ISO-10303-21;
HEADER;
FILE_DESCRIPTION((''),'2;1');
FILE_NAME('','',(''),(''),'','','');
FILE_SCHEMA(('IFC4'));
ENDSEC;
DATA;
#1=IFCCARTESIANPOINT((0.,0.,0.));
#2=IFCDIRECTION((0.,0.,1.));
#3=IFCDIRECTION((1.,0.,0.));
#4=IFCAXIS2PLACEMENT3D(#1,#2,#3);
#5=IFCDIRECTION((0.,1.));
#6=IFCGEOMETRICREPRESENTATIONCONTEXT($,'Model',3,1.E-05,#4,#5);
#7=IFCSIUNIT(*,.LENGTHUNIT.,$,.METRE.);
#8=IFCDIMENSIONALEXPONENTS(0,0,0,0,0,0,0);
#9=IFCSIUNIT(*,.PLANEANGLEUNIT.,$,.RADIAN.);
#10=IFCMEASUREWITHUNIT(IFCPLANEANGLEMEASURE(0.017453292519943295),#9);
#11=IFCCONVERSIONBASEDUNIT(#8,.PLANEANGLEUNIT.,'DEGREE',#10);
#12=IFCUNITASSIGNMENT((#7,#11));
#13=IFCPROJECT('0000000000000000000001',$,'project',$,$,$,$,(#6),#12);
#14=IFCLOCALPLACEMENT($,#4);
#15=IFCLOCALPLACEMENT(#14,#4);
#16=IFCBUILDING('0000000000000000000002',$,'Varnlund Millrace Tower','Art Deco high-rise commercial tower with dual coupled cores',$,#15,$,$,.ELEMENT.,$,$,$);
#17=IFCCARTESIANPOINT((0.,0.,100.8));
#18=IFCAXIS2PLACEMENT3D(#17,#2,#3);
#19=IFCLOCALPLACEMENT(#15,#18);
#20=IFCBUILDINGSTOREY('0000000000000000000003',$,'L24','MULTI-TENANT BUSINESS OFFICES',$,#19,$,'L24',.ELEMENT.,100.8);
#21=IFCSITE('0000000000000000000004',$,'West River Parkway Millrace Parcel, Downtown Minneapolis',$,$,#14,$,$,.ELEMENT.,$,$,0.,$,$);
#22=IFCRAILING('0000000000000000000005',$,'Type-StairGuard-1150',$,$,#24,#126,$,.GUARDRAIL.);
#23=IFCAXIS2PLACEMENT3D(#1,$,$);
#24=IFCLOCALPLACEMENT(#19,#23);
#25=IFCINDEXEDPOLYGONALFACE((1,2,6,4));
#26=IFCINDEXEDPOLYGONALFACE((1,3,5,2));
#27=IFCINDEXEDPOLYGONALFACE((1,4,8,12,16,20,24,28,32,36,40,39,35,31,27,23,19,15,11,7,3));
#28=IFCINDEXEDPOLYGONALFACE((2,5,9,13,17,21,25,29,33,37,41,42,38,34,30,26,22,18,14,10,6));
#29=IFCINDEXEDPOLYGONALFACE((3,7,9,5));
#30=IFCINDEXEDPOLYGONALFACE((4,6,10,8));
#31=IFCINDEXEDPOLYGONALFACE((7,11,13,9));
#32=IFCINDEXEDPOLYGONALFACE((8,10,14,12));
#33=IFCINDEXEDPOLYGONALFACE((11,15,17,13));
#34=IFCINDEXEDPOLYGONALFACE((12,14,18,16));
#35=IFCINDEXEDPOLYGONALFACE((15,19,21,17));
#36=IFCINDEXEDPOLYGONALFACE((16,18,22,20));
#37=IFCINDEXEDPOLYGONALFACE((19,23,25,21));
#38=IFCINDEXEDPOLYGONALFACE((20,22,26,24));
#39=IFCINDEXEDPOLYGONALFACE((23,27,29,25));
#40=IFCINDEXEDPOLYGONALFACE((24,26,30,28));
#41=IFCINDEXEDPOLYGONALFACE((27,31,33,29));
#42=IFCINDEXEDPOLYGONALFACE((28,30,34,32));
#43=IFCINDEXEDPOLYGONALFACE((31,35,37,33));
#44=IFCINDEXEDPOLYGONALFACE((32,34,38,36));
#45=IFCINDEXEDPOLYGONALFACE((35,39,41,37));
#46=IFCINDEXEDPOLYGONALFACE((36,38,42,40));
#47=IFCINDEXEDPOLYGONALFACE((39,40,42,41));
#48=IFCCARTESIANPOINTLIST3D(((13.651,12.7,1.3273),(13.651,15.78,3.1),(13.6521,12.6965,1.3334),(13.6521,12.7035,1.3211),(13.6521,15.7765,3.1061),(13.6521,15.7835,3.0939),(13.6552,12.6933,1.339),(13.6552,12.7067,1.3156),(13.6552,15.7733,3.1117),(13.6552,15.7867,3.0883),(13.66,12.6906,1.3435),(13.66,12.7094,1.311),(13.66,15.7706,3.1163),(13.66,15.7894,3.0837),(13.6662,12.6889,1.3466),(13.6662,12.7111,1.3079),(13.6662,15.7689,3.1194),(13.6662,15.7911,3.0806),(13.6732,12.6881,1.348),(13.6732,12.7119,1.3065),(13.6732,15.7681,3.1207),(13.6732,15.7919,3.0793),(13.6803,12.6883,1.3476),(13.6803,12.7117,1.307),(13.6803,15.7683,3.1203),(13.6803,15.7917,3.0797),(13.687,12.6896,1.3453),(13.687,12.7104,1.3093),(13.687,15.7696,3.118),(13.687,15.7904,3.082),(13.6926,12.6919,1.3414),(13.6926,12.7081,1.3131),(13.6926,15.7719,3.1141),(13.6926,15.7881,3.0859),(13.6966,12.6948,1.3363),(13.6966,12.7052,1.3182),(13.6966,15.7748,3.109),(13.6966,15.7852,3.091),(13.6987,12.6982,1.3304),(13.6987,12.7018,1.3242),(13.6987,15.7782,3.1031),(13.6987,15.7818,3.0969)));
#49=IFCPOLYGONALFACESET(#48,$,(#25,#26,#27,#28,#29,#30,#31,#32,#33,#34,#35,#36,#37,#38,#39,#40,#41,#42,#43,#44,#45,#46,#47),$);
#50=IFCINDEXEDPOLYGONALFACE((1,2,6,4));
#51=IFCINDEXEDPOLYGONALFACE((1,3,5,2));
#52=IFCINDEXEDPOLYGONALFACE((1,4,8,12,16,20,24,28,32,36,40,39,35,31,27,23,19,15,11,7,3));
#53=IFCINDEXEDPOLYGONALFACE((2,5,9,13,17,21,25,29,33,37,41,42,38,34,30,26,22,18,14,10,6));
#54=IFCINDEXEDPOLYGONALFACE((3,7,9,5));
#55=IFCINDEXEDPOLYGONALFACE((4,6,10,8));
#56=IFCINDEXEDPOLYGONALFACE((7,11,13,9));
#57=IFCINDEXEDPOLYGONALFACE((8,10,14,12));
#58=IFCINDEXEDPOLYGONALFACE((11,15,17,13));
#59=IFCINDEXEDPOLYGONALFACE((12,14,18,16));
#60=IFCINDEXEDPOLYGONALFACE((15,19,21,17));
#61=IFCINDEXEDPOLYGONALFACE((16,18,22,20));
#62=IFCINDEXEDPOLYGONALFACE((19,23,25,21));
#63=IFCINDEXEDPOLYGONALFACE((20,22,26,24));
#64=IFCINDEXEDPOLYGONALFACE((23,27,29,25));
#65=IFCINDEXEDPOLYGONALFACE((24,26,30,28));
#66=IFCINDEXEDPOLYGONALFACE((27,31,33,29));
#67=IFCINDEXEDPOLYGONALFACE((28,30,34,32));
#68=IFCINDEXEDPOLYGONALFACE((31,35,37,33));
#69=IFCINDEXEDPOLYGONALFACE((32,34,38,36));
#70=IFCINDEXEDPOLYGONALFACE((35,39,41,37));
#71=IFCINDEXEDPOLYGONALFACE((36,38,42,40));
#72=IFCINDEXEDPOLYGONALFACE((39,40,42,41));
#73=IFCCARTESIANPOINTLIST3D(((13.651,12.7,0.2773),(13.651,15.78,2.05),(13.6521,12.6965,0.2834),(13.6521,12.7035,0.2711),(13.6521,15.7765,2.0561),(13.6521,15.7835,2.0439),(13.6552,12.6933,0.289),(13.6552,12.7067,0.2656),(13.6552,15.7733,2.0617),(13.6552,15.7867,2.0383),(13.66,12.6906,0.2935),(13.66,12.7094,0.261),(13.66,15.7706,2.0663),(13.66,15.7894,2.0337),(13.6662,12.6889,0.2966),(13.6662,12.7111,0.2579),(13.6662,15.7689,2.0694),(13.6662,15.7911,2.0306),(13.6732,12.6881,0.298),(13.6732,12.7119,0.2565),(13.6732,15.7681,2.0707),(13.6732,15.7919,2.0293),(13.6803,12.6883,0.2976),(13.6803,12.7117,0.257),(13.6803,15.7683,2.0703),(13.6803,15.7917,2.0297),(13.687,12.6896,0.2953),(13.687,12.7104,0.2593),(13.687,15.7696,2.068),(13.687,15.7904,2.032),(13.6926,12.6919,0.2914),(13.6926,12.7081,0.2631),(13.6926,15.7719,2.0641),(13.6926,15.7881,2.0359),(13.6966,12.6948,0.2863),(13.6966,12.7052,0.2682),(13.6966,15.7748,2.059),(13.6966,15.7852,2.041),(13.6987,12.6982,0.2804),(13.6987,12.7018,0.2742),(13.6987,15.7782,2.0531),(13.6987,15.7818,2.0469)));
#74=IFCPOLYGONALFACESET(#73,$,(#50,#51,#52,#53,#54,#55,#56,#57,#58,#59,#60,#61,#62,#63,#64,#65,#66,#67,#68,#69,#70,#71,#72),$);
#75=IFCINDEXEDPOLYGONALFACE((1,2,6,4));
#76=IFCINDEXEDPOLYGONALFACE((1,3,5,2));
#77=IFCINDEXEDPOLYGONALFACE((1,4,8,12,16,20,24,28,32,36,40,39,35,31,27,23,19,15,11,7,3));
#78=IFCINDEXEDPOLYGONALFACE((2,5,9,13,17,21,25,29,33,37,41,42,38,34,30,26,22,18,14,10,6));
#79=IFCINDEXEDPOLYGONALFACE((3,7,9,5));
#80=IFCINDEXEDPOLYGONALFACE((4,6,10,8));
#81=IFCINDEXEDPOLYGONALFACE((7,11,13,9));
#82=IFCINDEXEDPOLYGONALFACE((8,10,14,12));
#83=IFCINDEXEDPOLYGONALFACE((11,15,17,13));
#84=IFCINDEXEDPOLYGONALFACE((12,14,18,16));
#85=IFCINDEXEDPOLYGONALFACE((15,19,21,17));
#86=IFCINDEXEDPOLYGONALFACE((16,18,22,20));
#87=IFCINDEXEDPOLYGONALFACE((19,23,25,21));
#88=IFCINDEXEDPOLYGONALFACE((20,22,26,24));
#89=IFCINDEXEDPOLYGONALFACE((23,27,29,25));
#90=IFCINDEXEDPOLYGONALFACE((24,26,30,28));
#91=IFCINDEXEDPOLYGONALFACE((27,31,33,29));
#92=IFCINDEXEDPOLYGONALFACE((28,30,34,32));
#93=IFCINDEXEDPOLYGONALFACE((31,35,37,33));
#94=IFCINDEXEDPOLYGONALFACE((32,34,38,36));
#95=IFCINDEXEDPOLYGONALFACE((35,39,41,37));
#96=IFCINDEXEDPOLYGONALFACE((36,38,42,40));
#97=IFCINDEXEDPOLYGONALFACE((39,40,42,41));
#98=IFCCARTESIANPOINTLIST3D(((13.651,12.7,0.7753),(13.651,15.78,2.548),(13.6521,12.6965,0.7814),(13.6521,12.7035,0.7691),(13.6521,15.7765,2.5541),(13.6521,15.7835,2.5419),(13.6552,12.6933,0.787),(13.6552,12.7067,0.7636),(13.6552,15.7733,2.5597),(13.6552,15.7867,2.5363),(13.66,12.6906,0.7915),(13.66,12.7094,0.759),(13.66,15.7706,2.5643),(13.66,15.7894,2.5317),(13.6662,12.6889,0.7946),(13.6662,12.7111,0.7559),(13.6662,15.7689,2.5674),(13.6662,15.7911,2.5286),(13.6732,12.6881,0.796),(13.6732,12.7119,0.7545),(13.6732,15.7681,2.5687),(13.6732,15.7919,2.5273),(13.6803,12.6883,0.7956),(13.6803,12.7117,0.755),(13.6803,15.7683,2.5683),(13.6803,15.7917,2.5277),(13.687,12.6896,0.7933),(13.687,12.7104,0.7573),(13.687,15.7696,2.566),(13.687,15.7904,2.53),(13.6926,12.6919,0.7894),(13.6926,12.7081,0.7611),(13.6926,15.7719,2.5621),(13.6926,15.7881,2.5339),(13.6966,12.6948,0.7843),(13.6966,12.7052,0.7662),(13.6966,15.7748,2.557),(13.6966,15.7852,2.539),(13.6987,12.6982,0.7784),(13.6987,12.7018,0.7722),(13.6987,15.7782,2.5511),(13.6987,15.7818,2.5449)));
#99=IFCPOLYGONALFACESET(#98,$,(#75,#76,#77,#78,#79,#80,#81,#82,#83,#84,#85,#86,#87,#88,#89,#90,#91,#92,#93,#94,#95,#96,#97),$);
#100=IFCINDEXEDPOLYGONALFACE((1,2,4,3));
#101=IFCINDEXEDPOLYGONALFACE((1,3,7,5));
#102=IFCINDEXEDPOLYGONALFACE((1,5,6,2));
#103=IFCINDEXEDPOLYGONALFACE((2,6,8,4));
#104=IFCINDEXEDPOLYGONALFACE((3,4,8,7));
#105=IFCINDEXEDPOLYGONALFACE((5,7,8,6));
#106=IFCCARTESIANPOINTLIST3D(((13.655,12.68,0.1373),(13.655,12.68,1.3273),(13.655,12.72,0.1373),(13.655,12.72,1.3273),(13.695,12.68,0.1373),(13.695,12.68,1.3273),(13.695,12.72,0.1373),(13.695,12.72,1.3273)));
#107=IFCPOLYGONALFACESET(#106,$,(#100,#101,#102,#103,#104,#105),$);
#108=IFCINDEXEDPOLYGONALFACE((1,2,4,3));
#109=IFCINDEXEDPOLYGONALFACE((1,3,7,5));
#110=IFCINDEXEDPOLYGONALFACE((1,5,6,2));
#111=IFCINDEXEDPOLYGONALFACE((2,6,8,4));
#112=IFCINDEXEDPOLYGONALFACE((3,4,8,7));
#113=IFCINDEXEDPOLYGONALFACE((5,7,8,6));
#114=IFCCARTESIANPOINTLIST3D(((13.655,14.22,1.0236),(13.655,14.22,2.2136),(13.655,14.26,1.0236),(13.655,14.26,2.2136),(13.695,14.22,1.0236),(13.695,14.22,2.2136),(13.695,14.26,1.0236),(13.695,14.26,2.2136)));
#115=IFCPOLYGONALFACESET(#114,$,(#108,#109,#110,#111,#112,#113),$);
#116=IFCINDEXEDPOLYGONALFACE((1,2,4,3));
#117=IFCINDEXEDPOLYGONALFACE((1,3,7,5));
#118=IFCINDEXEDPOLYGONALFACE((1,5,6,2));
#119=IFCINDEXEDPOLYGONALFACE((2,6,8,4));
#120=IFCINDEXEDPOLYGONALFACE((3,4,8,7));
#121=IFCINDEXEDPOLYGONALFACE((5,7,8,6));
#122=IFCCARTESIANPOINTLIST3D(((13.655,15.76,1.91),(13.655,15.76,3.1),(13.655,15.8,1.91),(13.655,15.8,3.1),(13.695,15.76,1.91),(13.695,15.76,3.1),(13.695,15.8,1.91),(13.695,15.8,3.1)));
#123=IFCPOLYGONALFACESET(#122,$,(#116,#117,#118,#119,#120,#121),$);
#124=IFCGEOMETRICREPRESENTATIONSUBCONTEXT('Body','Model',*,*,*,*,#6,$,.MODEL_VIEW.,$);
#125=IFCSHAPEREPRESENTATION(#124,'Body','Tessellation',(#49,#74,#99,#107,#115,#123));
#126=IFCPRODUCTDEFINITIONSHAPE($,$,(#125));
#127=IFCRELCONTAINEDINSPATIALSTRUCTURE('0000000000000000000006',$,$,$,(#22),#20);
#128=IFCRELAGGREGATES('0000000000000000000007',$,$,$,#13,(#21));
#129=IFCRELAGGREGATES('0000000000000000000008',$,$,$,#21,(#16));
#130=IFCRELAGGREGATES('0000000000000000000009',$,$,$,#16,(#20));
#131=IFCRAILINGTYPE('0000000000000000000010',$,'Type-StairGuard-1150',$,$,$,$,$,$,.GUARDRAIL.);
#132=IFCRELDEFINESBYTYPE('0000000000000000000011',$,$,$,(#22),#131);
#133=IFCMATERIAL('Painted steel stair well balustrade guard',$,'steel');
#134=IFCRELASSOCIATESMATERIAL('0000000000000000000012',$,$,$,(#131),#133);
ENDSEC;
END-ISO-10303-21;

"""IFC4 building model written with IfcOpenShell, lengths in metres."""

from ifc_helpers import new_model, entity, si_unit, converted_unit, direction, frame, origin_with_axes, origin_2d_with_axis, place, context, subcontext, project, spatial, rectangle, circle, extrude, material, type_object, element, save


model = new_model("IFC4")

# Units and contexts
model_context = context("Model", 3, precision=1e-05, world=origin_with_axes(), true_north=direction((0.0, 1.0)))
body_context = subcontext(model_context, "Body", "Model", "MODEL_VIEW")
ifc_project = project(units=[si_unit("LENGTHUNIT", "METRE"), converted_unit("PLANEANGLEUNIT", "DEGREE", entity("IfcPlaneAngleMeasure", 0.017453292519943295), si_unit("PLANEANGLEUNIT", "RADIAN"), dimensions=[0, 0, 0, 0, 0, 0, 0])], contexts=[model_context])

# Site, building, storey
site_placement = place(None, origin_with_axes())
site = spatial("IfcSite", under=ifc_project, at=site_placement, Name="West River Parkway Millrace Parcel, Downtown Minneapolis", CompositionType="ELEMENT", RefElevation=0.0)
building_placement = place(site_placement, origin_with_axes())
building = spatial("IfcBuilding", under=site, at=building_placement, Name="Varnlund Millrace Tower", Description="Art Deco high-rise commercial tower with dual coupled cores", CompositionType="ELEMENT")
storey_placement = place(building_placement, frame((0.0, 0.0, 100.8), z_axis=(0.0, 0.0, 1.0), x_axis=(1.0, 0.0, 0.0)))
storey = spatial("IfcBuildingStorey", under=building, at=storey_placement, Name="L24", Description="MULTI-TENANT BUSINESS OFFICES", LongName="L24", CompositionType="ELEMENT", Elevation=100.8)

# Railing
ifc_material_1 = material(Name="Painted steel stair well balustrade guard", Category="steel")
railing_type_1 = type_object("IfcRailingType", Name="Type-StairGuard-1150", PredefinedType="GUARDRAIL", material=ifc_material_1)
railing_1_placement = place(storey_placement, frame((0.0, 0.0, -100.8), z_axis=(0.0, 0.0, 1.0), x_axis=(1.0, 0.0, 0.0)))
element("IfcRailing", 1, at=railing_1_placement, inside=storey, type_object=railing_type_1, Name="Type-StairGuard-1150", PredefinedType="GUARDRAIL", context=body_context, shape_type="SweptSolid", body=[
    extrude(circle(Radius=0.024, at=origin_2d_with_axis()), frame((13.675, 12.7, 102.1273), z_axis=(0.0, 0.866696, 0.498836), x_axis=(-1.0, 0.0, 0.0)), (0.0, 0.0, 1.0), 3.5537),
    extrude(circle(Radius=0.024, at=origin_2d_with_axis()), frame((13.675, 12.7, 101.0773), z_axis=(0.0, 0.866696, 0.498836), x_axis=(-1.0, 0.0, 0.0)), (0.0, 0.0, 1.0), 3.5537),
    extrude(circle(Radius=0.024, at=origin_2d_with_axis()), frame((13.675, 12.7, 101.5753), z_axis=(0.0, 0.866696, 0.498836), x_axis=(-1.0, 0.0, 0.0)), (0.0, 0.0, 1.0), 3.5537),
    extrude(rectangle(XDim=0.04, YDim=0.04, at=origin_2d_with_axis()), frame((13.675, 12.7, 100.9373), z_axis=(0.0, 0.0, 1.0), x_axis=(1.0, 0.0, 0.0)), (0.0, 0.0, 1.0), 1.19),
    extrude(rectangle(XDim=0.04, YDim=0.04, at=origin_2d_with_axis()), frame((13.675, 14.24, 101.8236), z_axis=(0.0, 0.0, 1.0), x_axis=(1.0, 0.0, 0.0)), (0.0, 0.0, 1.0), 1.19),
    extrude(rectangle(XDim=0.04, YDim=0.04, at=origin_2d_with_axis()), frame((13.675, 15.78, 102.71), z_axis=(0.0, 0.0, 1.0), x_axis=(1.0, 0.0, 0.0)), (0.0, 0.0, 1.0), 1.19),
])

save(model, "model.ifc")
